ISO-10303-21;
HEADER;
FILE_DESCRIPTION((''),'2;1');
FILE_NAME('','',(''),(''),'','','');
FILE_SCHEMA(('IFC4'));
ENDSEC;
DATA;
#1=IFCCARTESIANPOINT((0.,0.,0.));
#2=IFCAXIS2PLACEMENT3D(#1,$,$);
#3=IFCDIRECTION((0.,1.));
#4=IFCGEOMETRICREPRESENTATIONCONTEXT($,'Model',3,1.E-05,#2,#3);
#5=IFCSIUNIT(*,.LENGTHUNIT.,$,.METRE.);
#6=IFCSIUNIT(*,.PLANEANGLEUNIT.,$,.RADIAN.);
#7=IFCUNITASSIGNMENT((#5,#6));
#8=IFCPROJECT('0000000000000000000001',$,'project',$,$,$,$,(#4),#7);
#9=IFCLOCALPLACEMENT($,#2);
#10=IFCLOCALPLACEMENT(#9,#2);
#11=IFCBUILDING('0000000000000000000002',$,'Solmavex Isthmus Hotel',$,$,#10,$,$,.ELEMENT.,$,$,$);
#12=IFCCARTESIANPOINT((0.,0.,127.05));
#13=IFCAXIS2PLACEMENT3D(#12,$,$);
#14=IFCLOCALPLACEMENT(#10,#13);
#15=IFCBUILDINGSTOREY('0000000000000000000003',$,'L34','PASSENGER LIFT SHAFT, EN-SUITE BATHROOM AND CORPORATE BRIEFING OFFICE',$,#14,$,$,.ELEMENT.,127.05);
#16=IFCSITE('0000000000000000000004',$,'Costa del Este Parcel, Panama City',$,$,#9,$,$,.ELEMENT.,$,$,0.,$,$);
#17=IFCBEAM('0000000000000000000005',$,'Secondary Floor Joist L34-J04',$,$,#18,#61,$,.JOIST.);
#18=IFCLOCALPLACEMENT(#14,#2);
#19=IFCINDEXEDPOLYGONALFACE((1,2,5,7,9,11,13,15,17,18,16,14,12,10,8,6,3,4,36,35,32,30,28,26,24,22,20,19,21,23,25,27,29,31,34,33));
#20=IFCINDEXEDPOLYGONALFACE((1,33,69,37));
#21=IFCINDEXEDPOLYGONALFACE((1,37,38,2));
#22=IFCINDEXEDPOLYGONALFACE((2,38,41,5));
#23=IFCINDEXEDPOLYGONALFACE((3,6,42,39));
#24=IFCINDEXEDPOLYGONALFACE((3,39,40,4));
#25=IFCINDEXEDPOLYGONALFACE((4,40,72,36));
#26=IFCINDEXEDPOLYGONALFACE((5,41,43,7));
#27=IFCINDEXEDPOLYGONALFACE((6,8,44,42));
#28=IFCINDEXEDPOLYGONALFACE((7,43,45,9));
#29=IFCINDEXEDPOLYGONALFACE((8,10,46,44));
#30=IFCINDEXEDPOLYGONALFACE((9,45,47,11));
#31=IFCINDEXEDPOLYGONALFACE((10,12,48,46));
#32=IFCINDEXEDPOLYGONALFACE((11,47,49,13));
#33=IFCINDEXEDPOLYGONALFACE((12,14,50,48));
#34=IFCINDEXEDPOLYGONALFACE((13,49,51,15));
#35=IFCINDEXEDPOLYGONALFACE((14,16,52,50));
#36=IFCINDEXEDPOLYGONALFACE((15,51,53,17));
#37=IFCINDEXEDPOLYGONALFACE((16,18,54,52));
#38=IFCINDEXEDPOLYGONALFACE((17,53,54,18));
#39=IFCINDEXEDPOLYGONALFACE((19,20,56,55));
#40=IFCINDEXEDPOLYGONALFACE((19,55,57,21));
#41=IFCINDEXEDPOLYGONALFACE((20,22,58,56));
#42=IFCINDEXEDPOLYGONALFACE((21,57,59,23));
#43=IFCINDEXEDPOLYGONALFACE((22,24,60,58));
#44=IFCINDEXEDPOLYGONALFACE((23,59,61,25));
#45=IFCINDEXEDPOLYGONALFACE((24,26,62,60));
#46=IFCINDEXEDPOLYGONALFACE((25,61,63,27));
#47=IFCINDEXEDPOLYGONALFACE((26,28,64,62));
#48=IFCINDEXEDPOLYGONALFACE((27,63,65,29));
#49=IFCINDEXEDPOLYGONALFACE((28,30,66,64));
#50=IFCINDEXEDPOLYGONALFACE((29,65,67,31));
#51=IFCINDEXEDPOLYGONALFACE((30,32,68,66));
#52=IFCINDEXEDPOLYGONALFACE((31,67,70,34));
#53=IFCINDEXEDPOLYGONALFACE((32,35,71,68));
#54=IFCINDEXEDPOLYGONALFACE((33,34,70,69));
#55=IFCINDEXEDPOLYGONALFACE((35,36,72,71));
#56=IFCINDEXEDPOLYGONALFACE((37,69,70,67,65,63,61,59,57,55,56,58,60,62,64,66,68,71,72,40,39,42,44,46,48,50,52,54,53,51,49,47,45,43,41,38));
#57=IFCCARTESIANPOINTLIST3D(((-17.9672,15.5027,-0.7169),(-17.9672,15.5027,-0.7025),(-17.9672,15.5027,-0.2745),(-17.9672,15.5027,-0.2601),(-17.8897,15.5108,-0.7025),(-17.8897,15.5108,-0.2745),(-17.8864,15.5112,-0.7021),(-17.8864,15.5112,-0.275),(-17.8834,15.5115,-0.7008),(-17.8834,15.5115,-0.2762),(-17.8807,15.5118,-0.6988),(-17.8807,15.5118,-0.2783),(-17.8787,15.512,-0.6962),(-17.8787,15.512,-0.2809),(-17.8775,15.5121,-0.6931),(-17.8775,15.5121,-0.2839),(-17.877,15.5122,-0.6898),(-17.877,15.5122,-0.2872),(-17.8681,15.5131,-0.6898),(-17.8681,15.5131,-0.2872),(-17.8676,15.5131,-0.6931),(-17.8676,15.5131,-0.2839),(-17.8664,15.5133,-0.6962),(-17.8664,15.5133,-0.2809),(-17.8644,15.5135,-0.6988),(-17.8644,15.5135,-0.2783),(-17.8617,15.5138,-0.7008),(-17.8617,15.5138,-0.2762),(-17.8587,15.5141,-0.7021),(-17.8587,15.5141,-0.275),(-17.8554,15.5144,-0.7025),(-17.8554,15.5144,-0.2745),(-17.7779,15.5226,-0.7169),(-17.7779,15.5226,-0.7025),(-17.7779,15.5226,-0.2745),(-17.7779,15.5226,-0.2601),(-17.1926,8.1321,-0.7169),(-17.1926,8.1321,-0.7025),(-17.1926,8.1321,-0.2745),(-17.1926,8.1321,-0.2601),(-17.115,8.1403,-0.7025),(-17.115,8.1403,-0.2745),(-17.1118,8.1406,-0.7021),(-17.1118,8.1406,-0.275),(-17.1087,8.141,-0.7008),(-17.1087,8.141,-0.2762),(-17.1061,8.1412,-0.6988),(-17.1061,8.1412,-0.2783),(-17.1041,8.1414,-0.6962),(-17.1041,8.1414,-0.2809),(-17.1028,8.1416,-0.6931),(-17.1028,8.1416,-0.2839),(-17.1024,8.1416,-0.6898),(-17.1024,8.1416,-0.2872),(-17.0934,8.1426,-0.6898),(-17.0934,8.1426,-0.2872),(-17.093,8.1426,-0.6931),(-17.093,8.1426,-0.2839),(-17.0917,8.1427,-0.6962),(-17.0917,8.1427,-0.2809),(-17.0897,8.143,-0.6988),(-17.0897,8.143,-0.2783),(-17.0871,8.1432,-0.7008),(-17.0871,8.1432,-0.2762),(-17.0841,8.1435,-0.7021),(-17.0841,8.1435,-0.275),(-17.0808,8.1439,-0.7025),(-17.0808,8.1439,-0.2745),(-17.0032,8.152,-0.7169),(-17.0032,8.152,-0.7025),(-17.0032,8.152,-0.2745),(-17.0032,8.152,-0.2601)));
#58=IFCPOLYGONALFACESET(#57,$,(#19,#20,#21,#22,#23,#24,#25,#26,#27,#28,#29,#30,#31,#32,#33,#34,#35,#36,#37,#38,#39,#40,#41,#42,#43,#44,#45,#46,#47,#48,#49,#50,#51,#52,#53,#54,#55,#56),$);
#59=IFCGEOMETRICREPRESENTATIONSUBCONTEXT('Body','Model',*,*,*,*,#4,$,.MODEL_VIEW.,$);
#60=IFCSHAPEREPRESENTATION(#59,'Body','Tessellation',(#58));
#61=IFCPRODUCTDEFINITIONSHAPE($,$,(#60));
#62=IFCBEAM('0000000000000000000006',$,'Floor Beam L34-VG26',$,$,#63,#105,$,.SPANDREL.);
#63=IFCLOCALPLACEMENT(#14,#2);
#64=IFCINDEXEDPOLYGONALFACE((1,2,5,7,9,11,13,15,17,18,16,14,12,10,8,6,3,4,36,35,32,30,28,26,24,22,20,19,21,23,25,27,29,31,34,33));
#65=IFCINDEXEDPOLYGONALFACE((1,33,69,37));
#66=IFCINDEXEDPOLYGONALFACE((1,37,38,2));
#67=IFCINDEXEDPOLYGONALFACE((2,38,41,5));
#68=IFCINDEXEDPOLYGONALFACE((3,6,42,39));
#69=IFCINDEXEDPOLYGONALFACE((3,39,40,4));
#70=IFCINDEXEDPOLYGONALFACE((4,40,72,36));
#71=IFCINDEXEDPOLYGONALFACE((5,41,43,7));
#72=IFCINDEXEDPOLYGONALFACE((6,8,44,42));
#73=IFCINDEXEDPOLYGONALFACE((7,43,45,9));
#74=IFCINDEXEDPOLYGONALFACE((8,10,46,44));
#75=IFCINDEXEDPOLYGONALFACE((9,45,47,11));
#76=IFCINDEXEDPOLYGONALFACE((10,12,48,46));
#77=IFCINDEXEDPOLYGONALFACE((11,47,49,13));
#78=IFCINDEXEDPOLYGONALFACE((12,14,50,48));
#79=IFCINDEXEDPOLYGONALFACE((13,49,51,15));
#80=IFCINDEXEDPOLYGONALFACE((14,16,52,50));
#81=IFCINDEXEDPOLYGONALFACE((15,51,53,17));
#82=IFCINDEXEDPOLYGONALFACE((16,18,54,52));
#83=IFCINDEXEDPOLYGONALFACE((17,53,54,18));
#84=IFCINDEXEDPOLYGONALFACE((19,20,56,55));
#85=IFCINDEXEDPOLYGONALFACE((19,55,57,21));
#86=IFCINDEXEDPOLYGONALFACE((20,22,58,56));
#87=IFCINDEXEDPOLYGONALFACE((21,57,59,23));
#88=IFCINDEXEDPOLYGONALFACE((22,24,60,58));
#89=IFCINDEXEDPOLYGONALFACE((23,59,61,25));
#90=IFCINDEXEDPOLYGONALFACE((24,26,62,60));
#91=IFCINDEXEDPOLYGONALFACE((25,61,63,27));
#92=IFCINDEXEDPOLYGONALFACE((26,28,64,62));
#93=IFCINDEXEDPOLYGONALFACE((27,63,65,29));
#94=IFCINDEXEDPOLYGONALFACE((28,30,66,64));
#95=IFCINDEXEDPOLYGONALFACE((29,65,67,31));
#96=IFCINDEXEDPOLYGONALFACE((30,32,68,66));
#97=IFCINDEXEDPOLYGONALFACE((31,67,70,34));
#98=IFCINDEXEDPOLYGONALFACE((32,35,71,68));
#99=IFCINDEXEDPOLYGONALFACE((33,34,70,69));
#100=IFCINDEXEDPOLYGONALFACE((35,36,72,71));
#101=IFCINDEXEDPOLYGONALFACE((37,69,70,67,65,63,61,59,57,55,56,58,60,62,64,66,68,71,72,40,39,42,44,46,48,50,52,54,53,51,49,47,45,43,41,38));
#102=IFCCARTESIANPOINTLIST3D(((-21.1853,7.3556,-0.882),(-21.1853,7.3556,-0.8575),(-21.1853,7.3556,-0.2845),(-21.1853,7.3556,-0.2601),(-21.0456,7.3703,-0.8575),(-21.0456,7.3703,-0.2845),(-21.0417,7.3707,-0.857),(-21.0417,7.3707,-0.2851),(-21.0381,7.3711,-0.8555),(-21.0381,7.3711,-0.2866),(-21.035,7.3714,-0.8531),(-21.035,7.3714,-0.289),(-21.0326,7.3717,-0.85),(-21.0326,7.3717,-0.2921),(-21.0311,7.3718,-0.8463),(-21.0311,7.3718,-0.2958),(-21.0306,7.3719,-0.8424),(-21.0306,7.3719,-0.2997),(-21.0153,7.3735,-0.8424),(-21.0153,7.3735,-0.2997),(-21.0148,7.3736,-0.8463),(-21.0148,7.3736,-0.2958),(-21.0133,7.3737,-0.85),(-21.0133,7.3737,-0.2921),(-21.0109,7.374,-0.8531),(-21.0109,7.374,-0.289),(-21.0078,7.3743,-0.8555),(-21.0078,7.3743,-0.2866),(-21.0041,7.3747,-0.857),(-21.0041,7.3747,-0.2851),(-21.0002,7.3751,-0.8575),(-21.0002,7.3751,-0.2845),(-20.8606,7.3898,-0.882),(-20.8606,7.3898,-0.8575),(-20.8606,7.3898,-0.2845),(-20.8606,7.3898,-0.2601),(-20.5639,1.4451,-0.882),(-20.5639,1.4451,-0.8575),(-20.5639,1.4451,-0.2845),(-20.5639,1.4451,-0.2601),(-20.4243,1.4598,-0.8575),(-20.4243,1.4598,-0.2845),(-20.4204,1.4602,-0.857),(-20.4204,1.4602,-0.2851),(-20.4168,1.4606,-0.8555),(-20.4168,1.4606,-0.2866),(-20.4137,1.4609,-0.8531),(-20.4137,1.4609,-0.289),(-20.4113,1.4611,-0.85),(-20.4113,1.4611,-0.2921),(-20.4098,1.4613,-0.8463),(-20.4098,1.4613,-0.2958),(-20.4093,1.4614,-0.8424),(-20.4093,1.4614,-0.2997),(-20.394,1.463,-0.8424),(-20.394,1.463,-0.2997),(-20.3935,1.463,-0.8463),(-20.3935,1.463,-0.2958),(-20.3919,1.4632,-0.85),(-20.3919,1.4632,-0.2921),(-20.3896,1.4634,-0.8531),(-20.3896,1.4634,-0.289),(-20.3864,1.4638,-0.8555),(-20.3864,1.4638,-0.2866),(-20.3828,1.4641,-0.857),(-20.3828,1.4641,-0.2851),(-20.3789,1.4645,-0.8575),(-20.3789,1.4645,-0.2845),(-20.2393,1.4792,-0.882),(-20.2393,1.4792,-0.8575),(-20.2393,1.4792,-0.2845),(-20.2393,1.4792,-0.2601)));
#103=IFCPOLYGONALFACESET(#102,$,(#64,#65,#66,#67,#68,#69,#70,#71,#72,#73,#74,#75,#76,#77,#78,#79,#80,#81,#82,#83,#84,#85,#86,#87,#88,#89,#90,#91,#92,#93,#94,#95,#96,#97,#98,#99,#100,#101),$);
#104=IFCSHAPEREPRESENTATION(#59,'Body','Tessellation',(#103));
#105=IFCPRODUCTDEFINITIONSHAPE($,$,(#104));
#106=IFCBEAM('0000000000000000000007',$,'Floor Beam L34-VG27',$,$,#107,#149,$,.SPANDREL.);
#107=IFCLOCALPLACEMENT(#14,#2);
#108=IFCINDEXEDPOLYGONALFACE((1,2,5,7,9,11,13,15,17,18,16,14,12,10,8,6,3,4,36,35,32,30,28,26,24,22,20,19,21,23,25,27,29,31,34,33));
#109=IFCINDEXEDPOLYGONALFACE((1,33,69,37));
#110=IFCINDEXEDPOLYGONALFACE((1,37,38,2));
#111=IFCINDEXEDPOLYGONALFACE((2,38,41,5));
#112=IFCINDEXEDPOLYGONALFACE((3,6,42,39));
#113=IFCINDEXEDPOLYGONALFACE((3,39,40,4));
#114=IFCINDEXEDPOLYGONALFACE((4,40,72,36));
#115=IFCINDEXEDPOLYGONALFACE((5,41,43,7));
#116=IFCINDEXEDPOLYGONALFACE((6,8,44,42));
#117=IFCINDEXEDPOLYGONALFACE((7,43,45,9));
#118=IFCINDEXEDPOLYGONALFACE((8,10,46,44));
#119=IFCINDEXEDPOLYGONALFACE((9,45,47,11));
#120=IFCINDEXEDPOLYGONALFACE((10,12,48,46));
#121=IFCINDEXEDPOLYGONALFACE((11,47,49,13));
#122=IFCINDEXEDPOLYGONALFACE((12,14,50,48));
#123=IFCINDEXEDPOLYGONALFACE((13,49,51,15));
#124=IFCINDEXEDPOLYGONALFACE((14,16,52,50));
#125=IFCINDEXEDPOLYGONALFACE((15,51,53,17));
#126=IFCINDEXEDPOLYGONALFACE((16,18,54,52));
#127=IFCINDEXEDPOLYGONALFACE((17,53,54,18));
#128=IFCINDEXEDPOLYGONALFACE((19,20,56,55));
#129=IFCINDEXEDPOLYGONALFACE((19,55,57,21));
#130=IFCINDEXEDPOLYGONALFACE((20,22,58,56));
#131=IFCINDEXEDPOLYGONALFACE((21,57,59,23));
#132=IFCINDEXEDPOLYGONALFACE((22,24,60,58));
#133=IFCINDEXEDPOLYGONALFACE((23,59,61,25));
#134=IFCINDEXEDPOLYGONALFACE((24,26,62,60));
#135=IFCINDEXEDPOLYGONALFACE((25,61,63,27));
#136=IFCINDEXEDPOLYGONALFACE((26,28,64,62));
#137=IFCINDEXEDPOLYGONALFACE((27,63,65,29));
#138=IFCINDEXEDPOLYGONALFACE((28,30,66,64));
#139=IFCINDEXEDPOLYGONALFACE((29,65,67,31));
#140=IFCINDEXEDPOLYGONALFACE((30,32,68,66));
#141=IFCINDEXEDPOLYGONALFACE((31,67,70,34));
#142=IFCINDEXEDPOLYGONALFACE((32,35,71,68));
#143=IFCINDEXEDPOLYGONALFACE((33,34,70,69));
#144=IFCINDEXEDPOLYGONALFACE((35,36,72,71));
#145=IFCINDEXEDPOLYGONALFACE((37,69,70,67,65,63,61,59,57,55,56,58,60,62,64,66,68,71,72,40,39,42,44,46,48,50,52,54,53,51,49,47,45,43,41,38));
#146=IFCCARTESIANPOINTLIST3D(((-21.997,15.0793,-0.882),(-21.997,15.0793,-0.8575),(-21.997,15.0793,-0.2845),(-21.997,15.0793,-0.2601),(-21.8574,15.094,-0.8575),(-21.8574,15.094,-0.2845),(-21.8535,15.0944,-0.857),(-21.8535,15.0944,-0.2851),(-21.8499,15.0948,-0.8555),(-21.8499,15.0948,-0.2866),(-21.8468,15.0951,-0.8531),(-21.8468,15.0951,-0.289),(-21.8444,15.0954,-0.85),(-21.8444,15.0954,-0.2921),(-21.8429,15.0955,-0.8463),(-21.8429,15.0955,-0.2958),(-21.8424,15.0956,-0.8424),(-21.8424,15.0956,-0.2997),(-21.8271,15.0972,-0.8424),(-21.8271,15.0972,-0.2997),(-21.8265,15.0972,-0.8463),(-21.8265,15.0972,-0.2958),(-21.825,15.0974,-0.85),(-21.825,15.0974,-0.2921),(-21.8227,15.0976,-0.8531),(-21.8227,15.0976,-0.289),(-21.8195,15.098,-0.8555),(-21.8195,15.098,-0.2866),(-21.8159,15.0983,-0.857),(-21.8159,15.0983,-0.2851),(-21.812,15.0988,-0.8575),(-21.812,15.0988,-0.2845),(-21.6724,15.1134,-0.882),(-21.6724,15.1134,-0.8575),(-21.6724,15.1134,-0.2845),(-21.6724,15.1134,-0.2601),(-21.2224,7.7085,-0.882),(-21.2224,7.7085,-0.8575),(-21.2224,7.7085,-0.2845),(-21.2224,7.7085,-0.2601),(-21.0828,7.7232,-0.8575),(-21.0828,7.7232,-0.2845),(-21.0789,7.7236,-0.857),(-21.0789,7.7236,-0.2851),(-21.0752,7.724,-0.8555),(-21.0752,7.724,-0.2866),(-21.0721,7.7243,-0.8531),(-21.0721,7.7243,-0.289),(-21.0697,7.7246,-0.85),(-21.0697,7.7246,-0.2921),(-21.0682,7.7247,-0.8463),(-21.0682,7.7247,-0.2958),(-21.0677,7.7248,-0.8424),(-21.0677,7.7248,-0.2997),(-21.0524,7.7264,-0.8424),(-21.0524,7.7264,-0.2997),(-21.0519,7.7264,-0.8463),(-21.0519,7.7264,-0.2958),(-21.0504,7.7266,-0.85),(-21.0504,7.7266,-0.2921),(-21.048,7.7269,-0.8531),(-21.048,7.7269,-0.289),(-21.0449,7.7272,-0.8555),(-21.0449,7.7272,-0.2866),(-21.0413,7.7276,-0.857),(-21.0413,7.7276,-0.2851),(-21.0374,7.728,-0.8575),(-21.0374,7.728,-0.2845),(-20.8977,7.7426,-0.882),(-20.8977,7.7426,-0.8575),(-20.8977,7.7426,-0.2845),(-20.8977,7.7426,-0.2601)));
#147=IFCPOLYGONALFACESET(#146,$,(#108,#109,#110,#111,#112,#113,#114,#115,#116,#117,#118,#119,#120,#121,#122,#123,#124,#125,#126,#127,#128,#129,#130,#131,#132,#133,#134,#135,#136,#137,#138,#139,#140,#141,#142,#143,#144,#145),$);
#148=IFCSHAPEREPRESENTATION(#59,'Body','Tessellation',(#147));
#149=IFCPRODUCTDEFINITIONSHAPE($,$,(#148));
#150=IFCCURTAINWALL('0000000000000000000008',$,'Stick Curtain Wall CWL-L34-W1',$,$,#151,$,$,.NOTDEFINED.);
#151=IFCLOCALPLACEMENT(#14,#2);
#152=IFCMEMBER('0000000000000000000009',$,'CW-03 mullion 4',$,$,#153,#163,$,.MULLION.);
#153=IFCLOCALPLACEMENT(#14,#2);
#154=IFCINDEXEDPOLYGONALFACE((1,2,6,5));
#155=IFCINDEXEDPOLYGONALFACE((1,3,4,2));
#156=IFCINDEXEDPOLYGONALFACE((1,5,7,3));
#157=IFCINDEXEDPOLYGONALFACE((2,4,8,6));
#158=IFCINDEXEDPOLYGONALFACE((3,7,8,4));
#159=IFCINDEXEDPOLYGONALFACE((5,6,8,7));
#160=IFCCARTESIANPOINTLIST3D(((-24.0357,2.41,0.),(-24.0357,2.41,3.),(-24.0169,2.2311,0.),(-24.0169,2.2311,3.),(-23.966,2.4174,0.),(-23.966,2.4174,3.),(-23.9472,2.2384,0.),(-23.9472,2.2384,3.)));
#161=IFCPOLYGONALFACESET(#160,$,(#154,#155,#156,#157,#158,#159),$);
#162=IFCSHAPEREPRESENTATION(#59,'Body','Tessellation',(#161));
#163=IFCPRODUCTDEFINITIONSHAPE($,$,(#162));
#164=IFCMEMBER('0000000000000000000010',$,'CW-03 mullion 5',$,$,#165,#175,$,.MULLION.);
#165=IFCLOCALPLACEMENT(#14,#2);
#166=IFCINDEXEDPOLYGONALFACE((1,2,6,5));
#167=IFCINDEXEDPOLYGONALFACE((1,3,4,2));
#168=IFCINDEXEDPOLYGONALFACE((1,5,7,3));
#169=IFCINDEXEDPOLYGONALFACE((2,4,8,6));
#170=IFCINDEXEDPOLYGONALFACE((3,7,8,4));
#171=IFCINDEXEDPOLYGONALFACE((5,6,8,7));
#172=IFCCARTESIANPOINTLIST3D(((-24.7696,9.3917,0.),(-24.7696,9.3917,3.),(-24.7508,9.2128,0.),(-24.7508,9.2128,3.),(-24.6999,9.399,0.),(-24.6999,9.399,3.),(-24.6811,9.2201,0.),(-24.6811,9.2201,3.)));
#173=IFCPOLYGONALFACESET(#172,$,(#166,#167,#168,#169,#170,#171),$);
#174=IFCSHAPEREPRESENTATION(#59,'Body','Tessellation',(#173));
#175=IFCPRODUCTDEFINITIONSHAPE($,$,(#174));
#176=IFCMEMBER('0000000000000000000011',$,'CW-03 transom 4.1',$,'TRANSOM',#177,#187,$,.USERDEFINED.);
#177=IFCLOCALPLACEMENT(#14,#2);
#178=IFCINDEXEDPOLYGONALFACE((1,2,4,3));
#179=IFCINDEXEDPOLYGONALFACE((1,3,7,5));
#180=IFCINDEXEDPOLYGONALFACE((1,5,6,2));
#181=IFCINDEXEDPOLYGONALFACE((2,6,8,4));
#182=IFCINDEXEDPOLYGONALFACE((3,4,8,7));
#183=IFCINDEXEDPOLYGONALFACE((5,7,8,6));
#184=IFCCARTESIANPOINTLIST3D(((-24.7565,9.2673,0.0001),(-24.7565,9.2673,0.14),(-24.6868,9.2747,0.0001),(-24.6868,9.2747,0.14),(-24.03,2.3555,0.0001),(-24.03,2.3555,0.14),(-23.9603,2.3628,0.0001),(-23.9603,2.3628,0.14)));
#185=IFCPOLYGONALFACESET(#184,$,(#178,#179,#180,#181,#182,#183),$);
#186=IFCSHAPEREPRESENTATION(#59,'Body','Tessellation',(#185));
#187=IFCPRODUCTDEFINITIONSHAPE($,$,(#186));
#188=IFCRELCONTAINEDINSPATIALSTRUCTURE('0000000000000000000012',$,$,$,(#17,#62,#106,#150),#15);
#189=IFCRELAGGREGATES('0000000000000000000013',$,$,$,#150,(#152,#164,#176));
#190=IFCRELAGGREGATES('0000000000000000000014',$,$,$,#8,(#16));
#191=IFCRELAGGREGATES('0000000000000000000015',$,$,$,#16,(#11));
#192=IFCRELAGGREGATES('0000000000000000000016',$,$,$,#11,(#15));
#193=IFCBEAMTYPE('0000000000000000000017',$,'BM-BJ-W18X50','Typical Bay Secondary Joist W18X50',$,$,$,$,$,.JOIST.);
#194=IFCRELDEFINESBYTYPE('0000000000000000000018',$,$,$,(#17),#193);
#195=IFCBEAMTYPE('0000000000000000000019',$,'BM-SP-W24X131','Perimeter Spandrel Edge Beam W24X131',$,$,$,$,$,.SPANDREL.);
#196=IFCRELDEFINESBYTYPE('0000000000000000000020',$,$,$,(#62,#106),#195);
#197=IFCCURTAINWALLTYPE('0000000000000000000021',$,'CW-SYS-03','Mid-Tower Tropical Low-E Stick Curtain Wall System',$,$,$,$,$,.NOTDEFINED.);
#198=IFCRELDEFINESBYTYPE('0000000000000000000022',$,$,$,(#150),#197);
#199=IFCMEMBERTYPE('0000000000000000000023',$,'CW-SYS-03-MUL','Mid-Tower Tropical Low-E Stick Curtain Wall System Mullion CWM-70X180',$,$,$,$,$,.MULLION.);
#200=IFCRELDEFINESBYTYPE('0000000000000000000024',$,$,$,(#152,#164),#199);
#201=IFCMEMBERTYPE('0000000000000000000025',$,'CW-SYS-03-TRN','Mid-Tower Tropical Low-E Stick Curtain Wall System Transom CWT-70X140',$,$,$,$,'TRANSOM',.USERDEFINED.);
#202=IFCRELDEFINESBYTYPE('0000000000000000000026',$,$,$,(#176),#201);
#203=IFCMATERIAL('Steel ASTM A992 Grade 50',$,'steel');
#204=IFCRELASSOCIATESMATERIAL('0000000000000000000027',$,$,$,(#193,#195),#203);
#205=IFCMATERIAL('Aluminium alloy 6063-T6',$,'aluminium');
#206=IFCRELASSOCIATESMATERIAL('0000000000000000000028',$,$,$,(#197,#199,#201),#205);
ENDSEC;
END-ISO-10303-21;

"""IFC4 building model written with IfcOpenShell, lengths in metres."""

from ifc_helpers import new_model, si_unit, direction, frame, origin, origin_2d, place, context, subcontext, project, spatial, rectangle, i_section, extrude, material, material_profile, profile_set, type_object, element, aggregate, save


model = new_model("IFC4")

# Units and contexts
model_context = context("Model", 3, precision=1e-05, world=origin(), true_north=direction((0.0, 1.0)))
body_context = subcontext(model_context, "Body", "Model", "MODEL_VIEW")
ifc_project = project(units=[si_unit("LENGTHUNIT", "METRE"), si_unit("PLANEANGLEUNIT", "RADIAN")], contexts=[model_context])

# Site, building, storey
site_placement = place(None, origin())
site = spatial("IfcSite", under=ifc_project, at=site_placement, Name="Costa del Este Parcel, Panama City", CompositionType="ELEMENT", RefElevation=0.0)
building_placement = place(site_placement, origin())
building = spatial("IfcBuilding", under=site, at=building_placement, Name="Solmavex Isthmus Hotel", CompositionType="ELEMENT")
storey_placement = place(building_placement, frame((0.0, 0.0, 127.05)))
storey = spatial("IfcBuildingStorey", under=building, at=storey_placement, Name="L34", Description="PASSENGER LIFT SHAFT, EN-SUITE BATHROOM AND CORPORATE BRIEFING OFFICE", CompositionType="ELEMENT", Elevation=127.05)

# Beams
ifc_material_1 = material(Name="Steel ASTM A992 Grade 50", Category="steel")
ifc_material_profile_1 = material_profile(ifc_material_1, i_section(OverallWidth=0.1904, OverallDepth=0.4568, WebThickness=0.009, FlangeThickness=0.0144, FilletRadius=0.0127, at=origin_2d()), Name="W18X50")
ifc_profile_set_1 = profile_set([ifc_material_profile_1], Name="Steel ASTM A992 Grade 50")
beam_type_1 = type_object("IfcBeamType", Name="BM-BJ-W18X50", Description="Typical Bay Secondary Joist W18X50", PredefinedType="JOIST", material=ifc_profile_set_1)
beam_1_placement = place(storey_placement, frame((-17.0979, 8.1421, -0.4885), z_axis=(-0.104525, 0.994522, 0.0), x_axis=(-0.994522, -0.104525, 0.0)))
element("IfcBeam", 1, at=beam_1_placement, inside=storey, type_object=beam_type_1, Name="Secondary Floor Joist L34-J04", PredefinedType="JOIST", context=body_context, shape_type="SweptSolid", body=[
    extrude(i_section(OverallWidth=0.1904, OverallDepth=0.4568, WebThickness=0.009, FlangeThickness=0.0144, FilletRadius=0.0127, at=origin_2d()), origin(), (0.0, 0.0, 1.0), 7.4111),
])
ifc_material_profile_2 = material_profile(ifc_material_1, i_section(OverallWidth=0.3264, OverallDepth=0.6218, WebThickness=0.0154, FlangeThickness=0.0244, FilletRadius=0.0151, at=origin_2d()), Name="W24X131")
ifc_profile_set_2 = profile_set([ifc_material_profile_2], Name="Steel ASTM A992 Grade 50")
beam_type_2 = type_object("IfcBeamType", Name="BM-SP-W24X131", Description="Perimeter Spandrel Edge Beam W24X131", PredefinedType="SPANDREL", material=ifc_profile_set_2)
beam_2_placement = place(storey_placement, frame((-20.4016, 1.4622, -0.571), z_axis=(-0.104546, 0.99452, 0.0), x_axis=(-0.99452, -0.104546, 0.0)))
element("IfcBeam", 2, at=beam_2_placement, inside=storey, type_object=beam_type_2, Name="Floor Beam L34-VG26", PredefinedType="SPANDREL", context=body_context, shape_type="SweptSolid", body=[
    extrude(i_section(OverallWidth=0.3264, OverallDepth=0.6218, WebThickness=0.0154, FlangeThickness=0.0244, FilletRadius=0.0151, at=origin_2d()), origin(), (0.0, 0.0, 1.0), 5.9431),
])
beam_3_placement = place(storey_placement, frame((-21.0601, 7.7256, -0.571), z_axis=(-0.104522, 0.994523, 0.0), x_axis=(-0.994523, -0.104522, 0.0)))
element("IfcBeam", 3, at=beam_3_placement, inside=storey, type_object=beam_type_2, Name="Floor Beam L34-VG27", PredefinedType="SPANDREL", context=body_context, shape_type="SweptSolid", body=[
    extrude(i_section(OverallWidth=0.3264, OverallDepth=0.6218, WebThickness=0.0154, FlangeThickness=0.0244, FilletRadius=0.0151, at=origin_2d()), origin(), (0.0, 0.0, 1.0), 7.4114),
])

# Curtain wall, members
ifc_material_2 = material(Name="Aluminium alloy 6063-T6", Category="aluminium")
curtain_wall_type = type_object("IfcCurtainWallType", Name="CW-SYS-03", Description="Mid-Tower Tropical Low-E Stick Curtain Wall System", PredefinedType="NOTDEFINED", material=ifc_material_2)
curtain_wall_placement = place(storey_placement, origin())
curtain_wall = element("IfcCurtainWall", 4, at=curtain_wall_placement, inside=storey, type_object=curtain_wall_type, Name="Stick Curtain Wall CWL-L34-W1", PredefinedType="NOTDEFINED")
ifc_material_profile_3 = material_profile(ifc_material_2, rectangle(XDim=0.0701, YDim=0.1799, at=origin_2d()), Name="CWM-70X180")
ifc_profile_set_3 = profile_set([ifc_material_profile_3], Name="Aluminium alloy 6063-T6")
member_type_1 = type_object("IfcMemberType", Name="CW-SYS-03-MUL", Description="Mid-Tower Tropical Low-E Stick Curtain Wall System Mullion CWM-70X180", PredefinedType="MULLION", material=ifc_profile_set_3)
member_1_placement = place(storey_placement, frame((-23.9915, 2.3242, 0.0), z_axis=(0.0, 0.0, 1.0), x_axis=(-0.994522, -0.104528, 0.0)))
member_1 = element("IfcMember", 5, at=member_1_placement, type_object=member_type_1, Name="CW-03 mullion 4", PredefinedType="MULLION", context=body_context, shape_type="SweptSolid", body=[
    extrude(rectangle(XDim=0.0701, YDim=0.1799, at=origin_2d()), origin(), (0.0, 0.0, 1.0), 3.0),
])
member_2_placement = place(storey_placement, frame((-24.7253, 9.3059, 0.0), z_axis=(0.0, 0.0, 1.0), x_axis=(-0.994522, -0.104528, 0.0)))
member_2 = element("IfcMember", 6, at=member_2_placement, type_object=member_type_1, Name="CW-03 mullion 5", PredefinedType="MULLION", context=body_context, shape_type="SweptSolid", body=[
    extrude(rectangle(XDim=0.0701, YDim=0.1799, at=origin_2d()), origin(), (0.0, 0.0, 1.0), 3.0),
])
ifc_material_profile_4 = material_profile(ifc_material_2, rectangle(XDim=0.0701, YDim=0.1399, at=origin_2d()), Name="CWT-70X140")
ifc_profile_set_4 = profile_set([ifc_material_profile_4], Name="Aluminium alloy 6063-T6")
member_type_2 = type_object("IfcMemberType", Name="CW-SYS-03-TRN", Description="Mid-Tower Tropical Low-E Stick Curtain Wall System Transom CWT-70X140", ElementType="TRANSOM", PredefinedType="USERDEFINED", material=ifc_profile_set_4)
member_3_placement = place(storey_placement, frame((-23.9951, 2.3591, 0.0701), z_axis=(-0.104542, 0.99452, 0.0), x_axis=(-0.99452, -0.104542, 0.0)))
member_3 = element("IfcMember", 7, at=member_3_placement, type_object=member_type_2, Name="CW-03 transom 4.1", ObjectType="TRANSOM", PredefinedType="USERDEFINED", context=body_context, shape_type="SweptSolid", body=[
    extrude(rectangle(XDim=0.0701, YDim=0.1399, at=origin_2d()), origin(), (0.0, 0.0, 1.0), 6.95),
])
aggregate(curtain_wall, [member_1, member_2, member_3])

save(model, "model.ifc")
